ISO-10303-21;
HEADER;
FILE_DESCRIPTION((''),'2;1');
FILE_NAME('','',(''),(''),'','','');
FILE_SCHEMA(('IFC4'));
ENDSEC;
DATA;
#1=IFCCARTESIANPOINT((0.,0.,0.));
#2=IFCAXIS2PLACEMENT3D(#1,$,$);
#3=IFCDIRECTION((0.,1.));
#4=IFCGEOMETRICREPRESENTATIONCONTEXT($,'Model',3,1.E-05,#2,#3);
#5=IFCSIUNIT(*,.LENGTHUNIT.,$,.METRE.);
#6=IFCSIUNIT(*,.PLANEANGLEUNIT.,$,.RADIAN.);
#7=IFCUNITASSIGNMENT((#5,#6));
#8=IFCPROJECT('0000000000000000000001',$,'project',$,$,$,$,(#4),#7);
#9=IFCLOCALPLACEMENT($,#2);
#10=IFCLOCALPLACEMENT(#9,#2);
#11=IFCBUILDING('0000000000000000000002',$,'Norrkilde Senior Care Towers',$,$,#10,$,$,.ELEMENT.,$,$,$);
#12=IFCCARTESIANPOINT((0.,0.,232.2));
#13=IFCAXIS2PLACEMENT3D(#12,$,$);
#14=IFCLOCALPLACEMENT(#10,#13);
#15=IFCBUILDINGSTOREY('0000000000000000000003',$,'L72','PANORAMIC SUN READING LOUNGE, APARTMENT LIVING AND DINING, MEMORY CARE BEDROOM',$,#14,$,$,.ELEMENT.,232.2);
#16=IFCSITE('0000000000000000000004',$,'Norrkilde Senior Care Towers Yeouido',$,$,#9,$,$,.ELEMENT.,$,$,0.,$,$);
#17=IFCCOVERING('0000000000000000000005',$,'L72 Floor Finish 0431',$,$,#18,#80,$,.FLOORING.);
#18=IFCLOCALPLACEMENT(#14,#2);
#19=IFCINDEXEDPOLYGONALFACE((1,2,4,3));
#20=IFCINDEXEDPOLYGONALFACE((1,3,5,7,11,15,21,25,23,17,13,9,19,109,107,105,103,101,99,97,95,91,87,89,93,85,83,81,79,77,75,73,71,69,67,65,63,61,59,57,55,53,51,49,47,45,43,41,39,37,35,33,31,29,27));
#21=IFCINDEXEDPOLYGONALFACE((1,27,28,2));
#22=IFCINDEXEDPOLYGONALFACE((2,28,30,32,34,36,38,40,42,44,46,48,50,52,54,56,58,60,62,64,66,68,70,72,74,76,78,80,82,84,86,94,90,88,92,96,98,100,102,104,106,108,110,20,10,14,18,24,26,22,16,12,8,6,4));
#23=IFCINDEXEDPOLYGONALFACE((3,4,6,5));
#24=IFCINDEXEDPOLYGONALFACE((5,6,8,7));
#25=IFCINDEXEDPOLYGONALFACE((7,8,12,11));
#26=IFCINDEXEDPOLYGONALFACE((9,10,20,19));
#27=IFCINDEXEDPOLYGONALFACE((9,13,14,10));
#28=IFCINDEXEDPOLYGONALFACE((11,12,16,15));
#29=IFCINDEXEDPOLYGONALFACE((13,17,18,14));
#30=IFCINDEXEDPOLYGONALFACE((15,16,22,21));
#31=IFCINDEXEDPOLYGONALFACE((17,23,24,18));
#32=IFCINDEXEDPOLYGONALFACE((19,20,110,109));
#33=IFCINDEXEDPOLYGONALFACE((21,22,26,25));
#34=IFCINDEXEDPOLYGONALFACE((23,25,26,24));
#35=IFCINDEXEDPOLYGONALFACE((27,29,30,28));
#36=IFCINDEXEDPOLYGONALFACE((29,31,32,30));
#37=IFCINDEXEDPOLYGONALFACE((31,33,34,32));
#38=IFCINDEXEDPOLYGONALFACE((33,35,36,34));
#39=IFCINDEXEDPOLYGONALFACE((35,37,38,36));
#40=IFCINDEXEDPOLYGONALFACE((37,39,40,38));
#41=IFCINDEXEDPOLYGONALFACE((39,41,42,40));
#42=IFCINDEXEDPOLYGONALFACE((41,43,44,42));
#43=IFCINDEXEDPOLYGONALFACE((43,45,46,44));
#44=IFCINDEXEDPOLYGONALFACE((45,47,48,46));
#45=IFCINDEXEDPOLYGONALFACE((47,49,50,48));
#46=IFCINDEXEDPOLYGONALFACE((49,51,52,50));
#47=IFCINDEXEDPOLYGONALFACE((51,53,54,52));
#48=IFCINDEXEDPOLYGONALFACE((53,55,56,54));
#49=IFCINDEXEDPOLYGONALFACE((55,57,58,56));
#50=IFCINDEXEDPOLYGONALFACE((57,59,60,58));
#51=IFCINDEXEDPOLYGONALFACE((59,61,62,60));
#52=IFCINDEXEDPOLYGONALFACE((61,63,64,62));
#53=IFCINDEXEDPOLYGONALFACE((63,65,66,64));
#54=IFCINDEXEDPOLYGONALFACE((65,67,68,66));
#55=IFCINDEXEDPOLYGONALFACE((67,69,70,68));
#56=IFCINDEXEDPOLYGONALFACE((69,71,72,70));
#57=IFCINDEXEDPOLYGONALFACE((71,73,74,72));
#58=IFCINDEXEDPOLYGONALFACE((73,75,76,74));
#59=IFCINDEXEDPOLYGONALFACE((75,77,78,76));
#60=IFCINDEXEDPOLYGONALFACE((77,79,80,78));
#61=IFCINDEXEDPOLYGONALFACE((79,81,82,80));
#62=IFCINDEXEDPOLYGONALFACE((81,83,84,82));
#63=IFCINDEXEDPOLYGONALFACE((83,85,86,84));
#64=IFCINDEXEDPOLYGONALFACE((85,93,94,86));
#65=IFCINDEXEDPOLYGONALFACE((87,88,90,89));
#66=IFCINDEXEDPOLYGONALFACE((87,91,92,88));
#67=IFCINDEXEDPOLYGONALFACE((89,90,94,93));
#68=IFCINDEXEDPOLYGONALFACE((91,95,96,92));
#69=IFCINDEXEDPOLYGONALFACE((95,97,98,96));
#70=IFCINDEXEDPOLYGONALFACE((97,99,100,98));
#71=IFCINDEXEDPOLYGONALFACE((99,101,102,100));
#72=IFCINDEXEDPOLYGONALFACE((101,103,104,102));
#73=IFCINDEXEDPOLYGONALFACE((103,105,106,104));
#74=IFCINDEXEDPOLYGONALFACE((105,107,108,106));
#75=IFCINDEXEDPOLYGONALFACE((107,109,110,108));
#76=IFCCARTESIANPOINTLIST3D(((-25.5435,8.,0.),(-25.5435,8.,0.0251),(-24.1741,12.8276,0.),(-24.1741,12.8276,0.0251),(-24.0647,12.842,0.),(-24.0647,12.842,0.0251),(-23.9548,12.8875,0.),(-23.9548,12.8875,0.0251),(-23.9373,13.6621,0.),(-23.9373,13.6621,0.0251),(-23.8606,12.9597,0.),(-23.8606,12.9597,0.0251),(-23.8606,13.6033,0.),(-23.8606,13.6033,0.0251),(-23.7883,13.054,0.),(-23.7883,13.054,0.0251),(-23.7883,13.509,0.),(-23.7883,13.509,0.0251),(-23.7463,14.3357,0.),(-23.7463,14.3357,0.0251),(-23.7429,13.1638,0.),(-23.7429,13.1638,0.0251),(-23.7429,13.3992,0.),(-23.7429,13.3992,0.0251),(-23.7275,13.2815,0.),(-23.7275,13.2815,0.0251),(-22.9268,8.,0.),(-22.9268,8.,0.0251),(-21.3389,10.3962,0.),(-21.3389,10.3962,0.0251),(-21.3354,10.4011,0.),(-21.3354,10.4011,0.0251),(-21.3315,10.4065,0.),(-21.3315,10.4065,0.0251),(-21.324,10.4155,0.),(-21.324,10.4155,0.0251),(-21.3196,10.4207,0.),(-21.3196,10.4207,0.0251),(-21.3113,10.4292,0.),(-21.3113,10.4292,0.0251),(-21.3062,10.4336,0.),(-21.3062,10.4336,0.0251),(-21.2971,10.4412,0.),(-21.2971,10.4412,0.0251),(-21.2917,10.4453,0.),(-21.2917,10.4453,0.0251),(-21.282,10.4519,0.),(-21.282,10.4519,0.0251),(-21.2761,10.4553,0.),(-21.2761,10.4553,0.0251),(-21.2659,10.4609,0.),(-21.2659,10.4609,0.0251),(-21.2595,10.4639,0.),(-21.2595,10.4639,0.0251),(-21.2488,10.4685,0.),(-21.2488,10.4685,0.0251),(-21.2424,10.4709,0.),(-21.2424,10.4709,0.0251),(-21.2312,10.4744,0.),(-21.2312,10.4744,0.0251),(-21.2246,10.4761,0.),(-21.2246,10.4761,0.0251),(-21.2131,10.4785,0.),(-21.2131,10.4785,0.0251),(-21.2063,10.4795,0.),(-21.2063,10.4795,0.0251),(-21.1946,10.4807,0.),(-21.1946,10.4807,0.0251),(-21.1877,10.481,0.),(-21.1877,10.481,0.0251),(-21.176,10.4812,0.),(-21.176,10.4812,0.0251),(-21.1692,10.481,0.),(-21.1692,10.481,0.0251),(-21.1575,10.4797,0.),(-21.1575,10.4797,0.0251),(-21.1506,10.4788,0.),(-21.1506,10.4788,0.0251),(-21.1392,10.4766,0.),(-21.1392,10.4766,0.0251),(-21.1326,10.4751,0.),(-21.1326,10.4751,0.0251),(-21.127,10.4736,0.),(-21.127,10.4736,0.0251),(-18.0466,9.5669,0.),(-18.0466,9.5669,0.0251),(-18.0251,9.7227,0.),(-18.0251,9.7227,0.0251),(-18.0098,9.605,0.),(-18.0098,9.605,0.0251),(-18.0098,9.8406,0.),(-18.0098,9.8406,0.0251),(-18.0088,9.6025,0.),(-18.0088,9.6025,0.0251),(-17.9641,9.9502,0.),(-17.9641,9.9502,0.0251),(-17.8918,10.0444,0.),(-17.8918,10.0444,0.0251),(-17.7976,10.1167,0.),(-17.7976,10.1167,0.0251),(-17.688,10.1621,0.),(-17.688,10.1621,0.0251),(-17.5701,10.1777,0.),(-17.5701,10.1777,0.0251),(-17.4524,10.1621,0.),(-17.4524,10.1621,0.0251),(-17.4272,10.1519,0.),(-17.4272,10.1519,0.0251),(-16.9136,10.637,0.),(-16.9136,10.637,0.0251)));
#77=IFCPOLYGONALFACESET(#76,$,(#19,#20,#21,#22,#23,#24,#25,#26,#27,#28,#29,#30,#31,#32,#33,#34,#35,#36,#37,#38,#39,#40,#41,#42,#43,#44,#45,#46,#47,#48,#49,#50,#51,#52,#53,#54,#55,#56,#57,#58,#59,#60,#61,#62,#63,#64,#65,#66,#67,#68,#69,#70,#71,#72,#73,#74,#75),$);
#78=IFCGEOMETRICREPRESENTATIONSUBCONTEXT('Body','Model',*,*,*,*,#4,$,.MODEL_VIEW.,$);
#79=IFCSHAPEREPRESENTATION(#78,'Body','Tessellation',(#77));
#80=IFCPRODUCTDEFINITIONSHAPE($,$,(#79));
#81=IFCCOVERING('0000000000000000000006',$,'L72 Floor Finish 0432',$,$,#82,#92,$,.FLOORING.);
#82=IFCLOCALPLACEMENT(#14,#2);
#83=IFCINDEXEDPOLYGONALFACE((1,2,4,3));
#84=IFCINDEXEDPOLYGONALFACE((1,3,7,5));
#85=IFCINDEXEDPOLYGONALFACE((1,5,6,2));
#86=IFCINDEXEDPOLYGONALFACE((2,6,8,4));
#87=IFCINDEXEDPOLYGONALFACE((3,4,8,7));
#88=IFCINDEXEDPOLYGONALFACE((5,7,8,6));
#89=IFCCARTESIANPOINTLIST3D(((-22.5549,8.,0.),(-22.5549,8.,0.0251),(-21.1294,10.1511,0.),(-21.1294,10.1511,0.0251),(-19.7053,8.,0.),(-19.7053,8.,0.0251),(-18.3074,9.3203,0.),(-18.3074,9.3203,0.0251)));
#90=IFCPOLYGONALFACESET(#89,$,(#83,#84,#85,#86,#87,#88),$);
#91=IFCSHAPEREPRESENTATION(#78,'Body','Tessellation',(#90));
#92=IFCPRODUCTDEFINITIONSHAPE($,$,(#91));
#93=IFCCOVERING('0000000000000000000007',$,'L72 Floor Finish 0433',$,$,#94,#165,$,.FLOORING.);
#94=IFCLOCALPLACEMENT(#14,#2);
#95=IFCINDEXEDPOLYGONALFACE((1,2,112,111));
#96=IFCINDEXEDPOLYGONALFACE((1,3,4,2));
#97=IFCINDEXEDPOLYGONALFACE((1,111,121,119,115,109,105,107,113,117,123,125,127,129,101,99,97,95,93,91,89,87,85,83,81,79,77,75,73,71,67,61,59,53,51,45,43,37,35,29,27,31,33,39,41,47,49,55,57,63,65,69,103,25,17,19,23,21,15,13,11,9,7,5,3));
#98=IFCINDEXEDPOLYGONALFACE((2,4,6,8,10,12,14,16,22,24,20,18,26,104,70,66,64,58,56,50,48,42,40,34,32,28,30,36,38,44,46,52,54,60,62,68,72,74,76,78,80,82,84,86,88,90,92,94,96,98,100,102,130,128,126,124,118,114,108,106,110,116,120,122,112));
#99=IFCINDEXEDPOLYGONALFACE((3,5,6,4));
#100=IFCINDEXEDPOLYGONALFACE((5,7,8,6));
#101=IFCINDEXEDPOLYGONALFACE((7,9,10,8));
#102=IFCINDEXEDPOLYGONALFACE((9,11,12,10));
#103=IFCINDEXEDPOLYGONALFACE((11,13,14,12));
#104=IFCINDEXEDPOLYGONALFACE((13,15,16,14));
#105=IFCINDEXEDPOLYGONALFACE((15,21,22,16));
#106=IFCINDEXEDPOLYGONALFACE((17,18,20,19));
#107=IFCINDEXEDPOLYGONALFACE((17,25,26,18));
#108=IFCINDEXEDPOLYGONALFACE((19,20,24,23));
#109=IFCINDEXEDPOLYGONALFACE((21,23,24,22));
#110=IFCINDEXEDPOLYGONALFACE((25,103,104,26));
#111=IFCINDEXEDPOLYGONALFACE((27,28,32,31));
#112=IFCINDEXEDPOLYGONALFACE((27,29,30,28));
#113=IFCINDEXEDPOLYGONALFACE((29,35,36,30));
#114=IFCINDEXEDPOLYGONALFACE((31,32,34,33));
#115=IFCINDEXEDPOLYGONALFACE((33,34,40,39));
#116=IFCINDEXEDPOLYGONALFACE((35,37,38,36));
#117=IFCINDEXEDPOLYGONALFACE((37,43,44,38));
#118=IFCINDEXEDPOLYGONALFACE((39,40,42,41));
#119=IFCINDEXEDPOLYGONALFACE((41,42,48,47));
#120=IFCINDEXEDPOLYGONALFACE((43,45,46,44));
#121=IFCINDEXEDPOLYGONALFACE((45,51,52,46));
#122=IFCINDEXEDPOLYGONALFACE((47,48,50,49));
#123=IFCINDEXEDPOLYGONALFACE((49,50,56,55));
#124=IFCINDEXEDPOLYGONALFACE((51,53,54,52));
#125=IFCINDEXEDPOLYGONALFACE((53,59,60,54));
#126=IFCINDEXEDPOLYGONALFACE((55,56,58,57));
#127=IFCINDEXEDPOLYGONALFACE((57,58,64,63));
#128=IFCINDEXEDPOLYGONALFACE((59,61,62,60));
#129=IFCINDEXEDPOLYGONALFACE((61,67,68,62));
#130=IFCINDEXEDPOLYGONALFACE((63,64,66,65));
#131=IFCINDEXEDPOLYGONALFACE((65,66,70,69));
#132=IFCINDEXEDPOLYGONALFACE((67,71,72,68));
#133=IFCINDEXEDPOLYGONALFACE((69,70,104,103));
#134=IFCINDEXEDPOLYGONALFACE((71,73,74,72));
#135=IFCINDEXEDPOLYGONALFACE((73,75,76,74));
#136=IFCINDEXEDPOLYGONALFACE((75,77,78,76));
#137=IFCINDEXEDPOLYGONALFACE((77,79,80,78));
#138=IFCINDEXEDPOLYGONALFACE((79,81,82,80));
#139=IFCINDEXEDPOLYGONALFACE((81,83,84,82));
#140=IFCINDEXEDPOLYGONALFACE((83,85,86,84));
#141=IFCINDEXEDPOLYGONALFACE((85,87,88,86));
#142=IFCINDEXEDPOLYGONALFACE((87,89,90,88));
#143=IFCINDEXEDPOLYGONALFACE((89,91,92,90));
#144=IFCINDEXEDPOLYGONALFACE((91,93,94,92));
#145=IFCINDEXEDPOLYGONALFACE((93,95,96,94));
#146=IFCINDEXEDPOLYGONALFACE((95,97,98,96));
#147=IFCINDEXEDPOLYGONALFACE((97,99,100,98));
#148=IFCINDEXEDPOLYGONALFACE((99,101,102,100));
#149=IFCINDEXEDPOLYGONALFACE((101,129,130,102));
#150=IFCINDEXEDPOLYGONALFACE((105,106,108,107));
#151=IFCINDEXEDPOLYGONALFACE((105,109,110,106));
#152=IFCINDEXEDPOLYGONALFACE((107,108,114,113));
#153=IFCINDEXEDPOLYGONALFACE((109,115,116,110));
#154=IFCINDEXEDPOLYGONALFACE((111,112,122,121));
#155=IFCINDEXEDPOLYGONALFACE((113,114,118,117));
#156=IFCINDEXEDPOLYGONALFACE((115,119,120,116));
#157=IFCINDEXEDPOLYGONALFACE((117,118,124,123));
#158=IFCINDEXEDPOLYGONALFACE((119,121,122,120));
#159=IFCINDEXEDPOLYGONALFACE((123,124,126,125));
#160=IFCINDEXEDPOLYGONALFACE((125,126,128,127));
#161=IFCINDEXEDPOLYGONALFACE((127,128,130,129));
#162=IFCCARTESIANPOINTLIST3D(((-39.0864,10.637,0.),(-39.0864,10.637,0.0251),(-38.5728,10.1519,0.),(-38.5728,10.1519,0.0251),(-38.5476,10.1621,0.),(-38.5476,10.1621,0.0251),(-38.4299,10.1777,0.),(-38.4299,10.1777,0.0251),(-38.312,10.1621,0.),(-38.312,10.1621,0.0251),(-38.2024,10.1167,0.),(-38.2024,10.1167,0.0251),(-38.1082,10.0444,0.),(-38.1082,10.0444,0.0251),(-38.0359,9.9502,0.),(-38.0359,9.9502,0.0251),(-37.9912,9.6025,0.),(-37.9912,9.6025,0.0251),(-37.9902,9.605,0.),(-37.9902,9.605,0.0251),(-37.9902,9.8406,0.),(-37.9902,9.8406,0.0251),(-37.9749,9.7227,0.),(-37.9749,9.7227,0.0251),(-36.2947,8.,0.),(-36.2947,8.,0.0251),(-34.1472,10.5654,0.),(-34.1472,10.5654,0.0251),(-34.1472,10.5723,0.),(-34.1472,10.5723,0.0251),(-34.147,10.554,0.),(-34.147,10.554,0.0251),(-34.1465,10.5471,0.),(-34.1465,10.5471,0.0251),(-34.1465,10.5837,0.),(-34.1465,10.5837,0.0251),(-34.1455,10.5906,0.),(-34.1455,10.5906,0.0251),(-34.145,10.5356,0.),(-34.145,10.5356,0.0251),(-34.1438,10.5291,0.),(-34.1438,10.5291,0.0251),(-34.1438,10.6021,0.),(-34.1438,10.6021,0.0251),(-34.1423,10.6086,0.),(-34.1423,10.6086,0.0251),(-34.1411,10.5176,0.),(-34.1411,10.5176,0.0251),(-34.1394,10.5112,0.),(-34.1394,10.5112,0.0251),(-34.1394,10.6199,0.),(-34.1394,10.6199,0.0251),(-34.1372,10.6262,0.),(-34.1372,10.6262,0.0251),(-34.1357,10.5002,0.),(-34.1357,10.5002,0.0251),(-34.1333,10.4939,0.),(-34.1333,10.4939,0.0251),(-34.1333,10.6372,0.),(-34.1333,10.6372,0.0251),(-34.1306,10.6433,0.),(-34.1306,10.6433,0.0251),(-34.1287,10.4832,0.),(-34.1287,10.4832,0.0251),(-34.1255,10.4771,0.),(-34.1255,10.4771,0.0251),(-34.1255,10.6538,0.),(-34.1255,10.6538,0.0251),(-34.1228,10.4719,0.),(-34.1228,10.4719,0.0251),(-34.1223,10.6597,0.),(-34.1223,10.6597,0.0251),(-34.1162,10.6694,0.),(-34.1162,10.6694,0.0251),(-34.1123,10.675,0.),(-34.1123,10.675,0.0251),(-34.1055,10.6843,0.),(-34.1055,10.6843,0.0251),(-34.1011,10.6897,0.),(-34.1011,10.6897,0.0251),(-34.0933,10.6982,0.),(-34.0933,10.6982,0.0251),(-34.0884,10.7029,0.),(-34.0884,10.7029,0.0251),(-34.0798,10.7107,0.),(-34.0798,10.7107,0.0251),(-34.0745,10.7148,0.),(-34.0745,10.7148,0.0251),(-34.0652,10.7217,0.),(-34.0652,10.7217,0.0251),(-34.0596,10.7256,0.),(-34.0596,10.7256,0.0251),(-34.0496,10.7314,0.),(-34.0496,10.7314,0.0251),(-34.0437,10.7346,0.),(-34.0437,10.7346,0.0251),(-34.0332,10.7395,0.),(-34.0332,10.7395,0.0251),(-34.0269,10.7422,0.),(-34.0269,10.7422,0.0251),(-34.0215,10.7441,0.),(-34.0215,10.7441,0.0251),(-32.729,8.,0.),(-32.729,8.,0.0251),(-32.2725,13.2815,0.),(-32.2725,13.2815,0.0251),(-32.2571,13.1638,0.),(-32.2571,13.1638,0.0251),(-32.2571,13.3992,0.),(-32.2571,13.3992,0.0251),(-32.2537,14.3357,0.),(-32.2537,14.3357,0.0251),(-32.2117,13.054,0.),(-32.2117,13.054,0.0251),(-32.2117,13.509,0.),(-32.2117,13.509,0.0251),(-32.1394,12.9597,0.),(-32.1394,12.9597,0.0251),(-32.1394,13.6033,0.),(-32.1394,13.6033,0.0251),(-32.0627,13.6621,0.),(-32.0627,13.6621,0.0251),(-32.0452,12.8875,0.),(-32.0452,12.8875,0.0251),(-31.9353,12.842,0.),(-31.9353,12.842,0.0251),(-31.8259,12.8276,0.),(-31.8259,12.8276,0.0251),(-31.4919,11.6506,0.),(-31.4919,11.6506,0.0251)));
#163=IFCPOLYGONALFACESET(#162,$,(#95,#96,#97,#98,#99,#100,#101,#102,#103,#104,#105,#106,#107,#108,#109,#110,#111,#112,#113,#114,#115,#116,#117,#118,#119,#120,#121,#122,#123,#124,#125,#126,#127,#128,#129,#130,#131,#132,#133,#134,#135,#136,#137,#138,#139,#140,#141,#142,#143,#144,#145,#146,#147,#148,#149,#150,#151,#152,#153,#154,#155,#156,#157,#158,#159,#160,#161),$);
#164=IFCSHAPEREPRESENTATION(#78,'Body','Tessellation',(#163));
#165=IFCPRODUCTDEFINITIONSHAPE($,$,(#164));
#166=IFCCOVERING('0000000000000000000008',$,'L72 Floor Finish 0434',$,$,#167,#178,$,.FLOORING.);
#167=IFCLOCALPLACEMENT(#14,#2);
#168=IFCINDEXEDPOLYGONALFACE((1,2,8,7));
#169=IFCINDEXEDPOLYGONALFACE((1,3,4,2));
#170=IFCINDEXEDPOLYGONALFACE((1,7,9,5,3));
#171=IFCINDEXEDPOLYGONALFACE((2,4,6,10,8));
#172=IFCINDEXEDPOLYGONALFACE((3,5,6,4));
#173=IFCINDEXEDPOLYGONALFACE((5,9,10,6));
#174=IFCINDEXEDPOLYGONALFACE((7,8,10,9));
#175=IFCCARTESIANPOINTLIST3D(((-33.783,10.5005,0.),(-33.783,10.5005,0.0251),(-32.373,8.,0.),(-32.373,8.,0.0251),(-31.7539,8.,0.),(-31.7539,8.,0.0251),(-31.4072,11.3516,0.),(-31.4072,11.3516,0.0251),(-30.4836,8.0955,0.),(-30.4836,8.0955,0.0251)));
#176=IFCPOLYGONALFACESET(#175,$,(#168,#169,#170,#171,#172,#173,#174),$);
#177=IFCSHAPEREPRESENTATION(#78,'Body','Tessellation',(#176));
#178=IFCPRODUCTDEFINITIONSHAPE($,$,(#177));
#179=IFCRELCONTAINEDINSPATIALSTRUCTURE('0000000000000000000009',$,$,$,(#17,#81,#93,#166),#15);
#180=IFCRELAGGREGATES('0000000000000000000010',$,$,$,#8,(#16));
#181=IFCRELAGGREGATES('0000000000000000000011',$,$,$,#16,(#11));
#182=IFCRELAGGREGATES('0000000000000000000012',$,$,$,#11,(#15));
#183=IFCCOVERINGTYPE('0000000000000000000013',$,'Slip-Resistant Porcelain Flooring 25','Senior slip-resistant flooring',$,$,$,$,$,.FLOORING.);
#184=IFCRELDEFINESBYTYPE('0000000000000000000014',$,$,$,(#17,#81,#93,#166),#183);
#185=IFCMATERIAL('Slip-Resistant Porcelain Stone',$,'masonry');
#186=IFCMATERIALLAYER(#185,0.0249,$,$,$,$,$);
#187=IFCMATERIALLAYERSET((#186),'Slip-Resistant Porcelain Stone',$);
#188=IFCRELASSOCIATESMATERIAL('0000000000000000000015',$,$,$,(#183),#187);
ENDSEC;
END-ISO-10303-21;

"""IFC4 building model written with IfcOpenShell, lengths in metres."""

from ifc_helpers import new_model, si_unit, direction, frame, origin, place, context, subcontext, project, spatial, polyline, outline, extrude, material, layer, layer_set, type_object, element, save


model = new_model("IFC4")

# Units and contexts
model_context = context("Model", 3, precision=1e-05, world=origin(), true_north=direction((0.0, 1.0)))
body_context = subcontext(model_context, "Body", "Model", "MODEL_VIEW")
ifc_project = project(units=[si_unit("LENGTHUNIT", "METRE"), si_unit("PLANEANGLEUNIT", "RADIAN")], contexts=[model_context])

# Site, building, storey
site_placement = place(None, origin())
site = spatial("IfcSite", under=ifc_project, at=site_placement, Name="Norrkilde Senior Care Towers Yeouido", CompositionType="ELEMENT", RefElevation=0.0)
building_placement = place(site_placement, origin())
building = spatial("IfcBuilding", under=site, at=building_placement, Name="Norrkilde Senior Care Towers", CompositionType="ELEMENT")
storey_placement = place(building_placement, frame((0.0, 0.0, 232.2)))
storey = spatial("IfcBuildingStorey", under=building, at=storey_placement, Name="L72", Description="PANORAMIC SUN READING LOUNGE, APARTMENT LIVING AND DINING, MEMORY CARE BEDROOM", CompositionType="ELEMENT", Elevation=232.2)

# Coverings
ifc_material_1 = material(Name="Slip-Resistant Porcelain Stone", Category="masonry")
ifc_layer_1 = layer(ifc_material_1, 0.0249)
ifc_layer_set_1 = layer_set([ifc_layer_1], Name="Slip-Resistant Porcelain Stone")
covering_type_1 = type_object("IfcCoveringType", Name="Slip-Resistant Porcelain Flooring 25", Description="Senior slip-resistant flooring", PredefinedType="FLOORING", material=ifc_layer_set_1)
covering_1_placement = place(storey_placement, origin())
element("IfcCovering", 1, at=covering_1_placement, inside=storey, type_object=covering_type_1, Name="L72 Floor Finish 0431", PredefinedType="FLOORING", context=body_context, shape_type="SweptSolid", body=[
    extrude(outline(polyline([(-21.1506, 10.4788), (-21.1575, 10.4797), (-21.1692, 10.481), (-21.176, 10.4812), (-21.1877, 10.481), (-21.1946, 10.4807), (-21.2063, 10.4795), (-21.2131, 10.4785), (-21.2246, 10.4761), (-21.2312, 10.4744), (-21.2424, 10.4709), (-21.2488, 10.4685), (-21.2595, 10.4639), (-21.2659, 10.4609), (-21.2761, 10.4553), (-21.282, 10.4519), (-21.2917, 10.4453), (-21.2971, 10.4412), (-21.3062, 10.4336), (-21.3113, 10.4292), (-21.3196, 10.4207), (-21.324, 10.4155), (-21.3315, 10.4065), (-21.3354, 10.4011), (-21.3389, 10.3962), (-22.9268, 8.0), (-25.5435, 8.0), (-24.1741, 12.8276), (-24.0647, 12.842), (-23.9548, 12.8875), (-23.8606, 12.9597), (-23.7883, 13.054), (-23.7429, 13.1638), (-23.7275, 13.2815), (-23.7429, 13.3992), (-23.7883, 13.509), (-23.8606, 13.6033), (-23.9373, 13.6621), (-23.7463, 14.3357), (-16.9136, 10.637), (-17.4272, 10.1519), (-17.4524, 10.1621), (-17.5701, 10.1777), (-17.688, 10.1621), (-17.7976, 10.1167), (-17.8918, 10.0444), (-17.9641, 9.9502), (-18.0098, 9.8406), (-18.0251, 9.7227), (-18.0098, 9.605), (-18.0088, 9.6025), (-18.0466, 9.5669), (-21.127, 10.4736), (-21.1326, 10.4751), (-21.1392, 10.4766), (-21.1506, 10.4788)])), origin(), (0.0, 0.0, 1.0), 0.0251),
])
covering_2_placement = place(storey_placement, origin())
element("IfcCovering", 2, at=covering_2_placement, inside=storey, type_object=covering_type_1, Name="L72 Floor Finish 0432", PredefinedType="FLOORING", context=body_context, shape_type="SweptSolid", body=[
    extrude(outline(polyline([(-18.3074, 9.3203), (-19.7053, 8.0), (-22.5549, 8.0), (-21.1294, 10.1511), (-18.3074, 9.3203)])), origin(), (0.0, 0.0, 1.0), 0.0251),
])
covering_3_placement = place(storey_placement, origin())
element("IfcCovering", 3, at=covering_3_placement, inside=storey, type_object=covering_type_1, Name="L72 Floor Finish 0433", PredefinedType="FLOORING", context=body_context, shape_type="SweptSolid", body=[
    extrude(outline(polyline([(-34.0596, 10.7256), (-34.0652, 10.7217), (-34.0745, 10.7148), (-34.0798, 10.7107), (-34.0884, 10.7029), (-34.0933, 10.6982), (-34.1011, 10.6897), (-34.1055, 10.6843), (-34.1123, 10.675), (-34.1162, 10.6694), (-34.1223, 10.6597), (-34.1255, 10.6538), (-34.1306, 10.6433), (-34.1333, 10.6372), (-34.1372, 10.6262), (-34.1394, 10.6199), (-34.1423, 10.6086), (-34.1438, 10.6021), (-34.1455, 10.5906), (-34.1465, 10.5837), (-34.1472, 10.5723), (-34.1472, 10.5654), (-34.147, 10.554), (-34.1465, 10.5471), (-34.145, 10.5356), (-34.1438, 10.5291), (-34.1411, 10.5176), (-34.1394, 10.5112), (-34.1357, 10.5002), (-34.1333, 10.4939), (-34.1287, 10.4832), (-34.1255, 10.4771), (-34.1228, 10.4719), (-32.729, 8.0), (-36.2947, 8.0), (-37.9912, 9.6025), (-37.9902, 9.605), (-37.9749, 9.7227), (-37.9902, 9.8406), (-38.0359, 9.9502), (-38.1082, 10.0444), (-38.2024, 10.1167), (-38.312, 10.1621), (-38.4299, 10.1777), (-38.5476, 10.1621), (-38.5728, 10.1519), (-39.0864, 10.637), (-32.2537, 14.3357), (-32.0627, 13.6621), (-32.1394, 13.6033), (-32.2117, 13.509), (-32.2571, 13.3992), (-32.2725, 13.2815), (-32.2571, 13.1638), (-32.2117, 13.054), (-32.1394, 12.9597), (-32.0452, 12.8875), (-31.9353, 12.842), (-31.8259, 12.8276), (-31.4919, 11.6506), (-34.0215, 10.7441), (-34.0269, 10.7422), (-34.0332, 10.7395), (-34.0437, 10.7346), (-34.0496, 10.7314), (-34.0596, 10.7256)])), origin(), (0.0, 0.0, 1.0), 0.0251),
])
covering_4_placement = place(storey_placement, origin())
element("IfcCovering", 4, at=covering_4_placement, inside=storey, type_object=covering_type_1, Name="L72 Floor Finish 0434", PredefinedType="FLOORING", context=body_context, shape_type="SweptSolid", body=[
    extrude(outline(polyline([(-33.783, 10.5005), (-31.4072, 11.3516), (-30.4836, 8.0955), (-31.7539, 8.0), (-32.373, 8.0), (-33.783, 10.5005)])), origin(), (0.0, 0.0, 1.0), 0.0251),
])

save(model, "model.ifc")
